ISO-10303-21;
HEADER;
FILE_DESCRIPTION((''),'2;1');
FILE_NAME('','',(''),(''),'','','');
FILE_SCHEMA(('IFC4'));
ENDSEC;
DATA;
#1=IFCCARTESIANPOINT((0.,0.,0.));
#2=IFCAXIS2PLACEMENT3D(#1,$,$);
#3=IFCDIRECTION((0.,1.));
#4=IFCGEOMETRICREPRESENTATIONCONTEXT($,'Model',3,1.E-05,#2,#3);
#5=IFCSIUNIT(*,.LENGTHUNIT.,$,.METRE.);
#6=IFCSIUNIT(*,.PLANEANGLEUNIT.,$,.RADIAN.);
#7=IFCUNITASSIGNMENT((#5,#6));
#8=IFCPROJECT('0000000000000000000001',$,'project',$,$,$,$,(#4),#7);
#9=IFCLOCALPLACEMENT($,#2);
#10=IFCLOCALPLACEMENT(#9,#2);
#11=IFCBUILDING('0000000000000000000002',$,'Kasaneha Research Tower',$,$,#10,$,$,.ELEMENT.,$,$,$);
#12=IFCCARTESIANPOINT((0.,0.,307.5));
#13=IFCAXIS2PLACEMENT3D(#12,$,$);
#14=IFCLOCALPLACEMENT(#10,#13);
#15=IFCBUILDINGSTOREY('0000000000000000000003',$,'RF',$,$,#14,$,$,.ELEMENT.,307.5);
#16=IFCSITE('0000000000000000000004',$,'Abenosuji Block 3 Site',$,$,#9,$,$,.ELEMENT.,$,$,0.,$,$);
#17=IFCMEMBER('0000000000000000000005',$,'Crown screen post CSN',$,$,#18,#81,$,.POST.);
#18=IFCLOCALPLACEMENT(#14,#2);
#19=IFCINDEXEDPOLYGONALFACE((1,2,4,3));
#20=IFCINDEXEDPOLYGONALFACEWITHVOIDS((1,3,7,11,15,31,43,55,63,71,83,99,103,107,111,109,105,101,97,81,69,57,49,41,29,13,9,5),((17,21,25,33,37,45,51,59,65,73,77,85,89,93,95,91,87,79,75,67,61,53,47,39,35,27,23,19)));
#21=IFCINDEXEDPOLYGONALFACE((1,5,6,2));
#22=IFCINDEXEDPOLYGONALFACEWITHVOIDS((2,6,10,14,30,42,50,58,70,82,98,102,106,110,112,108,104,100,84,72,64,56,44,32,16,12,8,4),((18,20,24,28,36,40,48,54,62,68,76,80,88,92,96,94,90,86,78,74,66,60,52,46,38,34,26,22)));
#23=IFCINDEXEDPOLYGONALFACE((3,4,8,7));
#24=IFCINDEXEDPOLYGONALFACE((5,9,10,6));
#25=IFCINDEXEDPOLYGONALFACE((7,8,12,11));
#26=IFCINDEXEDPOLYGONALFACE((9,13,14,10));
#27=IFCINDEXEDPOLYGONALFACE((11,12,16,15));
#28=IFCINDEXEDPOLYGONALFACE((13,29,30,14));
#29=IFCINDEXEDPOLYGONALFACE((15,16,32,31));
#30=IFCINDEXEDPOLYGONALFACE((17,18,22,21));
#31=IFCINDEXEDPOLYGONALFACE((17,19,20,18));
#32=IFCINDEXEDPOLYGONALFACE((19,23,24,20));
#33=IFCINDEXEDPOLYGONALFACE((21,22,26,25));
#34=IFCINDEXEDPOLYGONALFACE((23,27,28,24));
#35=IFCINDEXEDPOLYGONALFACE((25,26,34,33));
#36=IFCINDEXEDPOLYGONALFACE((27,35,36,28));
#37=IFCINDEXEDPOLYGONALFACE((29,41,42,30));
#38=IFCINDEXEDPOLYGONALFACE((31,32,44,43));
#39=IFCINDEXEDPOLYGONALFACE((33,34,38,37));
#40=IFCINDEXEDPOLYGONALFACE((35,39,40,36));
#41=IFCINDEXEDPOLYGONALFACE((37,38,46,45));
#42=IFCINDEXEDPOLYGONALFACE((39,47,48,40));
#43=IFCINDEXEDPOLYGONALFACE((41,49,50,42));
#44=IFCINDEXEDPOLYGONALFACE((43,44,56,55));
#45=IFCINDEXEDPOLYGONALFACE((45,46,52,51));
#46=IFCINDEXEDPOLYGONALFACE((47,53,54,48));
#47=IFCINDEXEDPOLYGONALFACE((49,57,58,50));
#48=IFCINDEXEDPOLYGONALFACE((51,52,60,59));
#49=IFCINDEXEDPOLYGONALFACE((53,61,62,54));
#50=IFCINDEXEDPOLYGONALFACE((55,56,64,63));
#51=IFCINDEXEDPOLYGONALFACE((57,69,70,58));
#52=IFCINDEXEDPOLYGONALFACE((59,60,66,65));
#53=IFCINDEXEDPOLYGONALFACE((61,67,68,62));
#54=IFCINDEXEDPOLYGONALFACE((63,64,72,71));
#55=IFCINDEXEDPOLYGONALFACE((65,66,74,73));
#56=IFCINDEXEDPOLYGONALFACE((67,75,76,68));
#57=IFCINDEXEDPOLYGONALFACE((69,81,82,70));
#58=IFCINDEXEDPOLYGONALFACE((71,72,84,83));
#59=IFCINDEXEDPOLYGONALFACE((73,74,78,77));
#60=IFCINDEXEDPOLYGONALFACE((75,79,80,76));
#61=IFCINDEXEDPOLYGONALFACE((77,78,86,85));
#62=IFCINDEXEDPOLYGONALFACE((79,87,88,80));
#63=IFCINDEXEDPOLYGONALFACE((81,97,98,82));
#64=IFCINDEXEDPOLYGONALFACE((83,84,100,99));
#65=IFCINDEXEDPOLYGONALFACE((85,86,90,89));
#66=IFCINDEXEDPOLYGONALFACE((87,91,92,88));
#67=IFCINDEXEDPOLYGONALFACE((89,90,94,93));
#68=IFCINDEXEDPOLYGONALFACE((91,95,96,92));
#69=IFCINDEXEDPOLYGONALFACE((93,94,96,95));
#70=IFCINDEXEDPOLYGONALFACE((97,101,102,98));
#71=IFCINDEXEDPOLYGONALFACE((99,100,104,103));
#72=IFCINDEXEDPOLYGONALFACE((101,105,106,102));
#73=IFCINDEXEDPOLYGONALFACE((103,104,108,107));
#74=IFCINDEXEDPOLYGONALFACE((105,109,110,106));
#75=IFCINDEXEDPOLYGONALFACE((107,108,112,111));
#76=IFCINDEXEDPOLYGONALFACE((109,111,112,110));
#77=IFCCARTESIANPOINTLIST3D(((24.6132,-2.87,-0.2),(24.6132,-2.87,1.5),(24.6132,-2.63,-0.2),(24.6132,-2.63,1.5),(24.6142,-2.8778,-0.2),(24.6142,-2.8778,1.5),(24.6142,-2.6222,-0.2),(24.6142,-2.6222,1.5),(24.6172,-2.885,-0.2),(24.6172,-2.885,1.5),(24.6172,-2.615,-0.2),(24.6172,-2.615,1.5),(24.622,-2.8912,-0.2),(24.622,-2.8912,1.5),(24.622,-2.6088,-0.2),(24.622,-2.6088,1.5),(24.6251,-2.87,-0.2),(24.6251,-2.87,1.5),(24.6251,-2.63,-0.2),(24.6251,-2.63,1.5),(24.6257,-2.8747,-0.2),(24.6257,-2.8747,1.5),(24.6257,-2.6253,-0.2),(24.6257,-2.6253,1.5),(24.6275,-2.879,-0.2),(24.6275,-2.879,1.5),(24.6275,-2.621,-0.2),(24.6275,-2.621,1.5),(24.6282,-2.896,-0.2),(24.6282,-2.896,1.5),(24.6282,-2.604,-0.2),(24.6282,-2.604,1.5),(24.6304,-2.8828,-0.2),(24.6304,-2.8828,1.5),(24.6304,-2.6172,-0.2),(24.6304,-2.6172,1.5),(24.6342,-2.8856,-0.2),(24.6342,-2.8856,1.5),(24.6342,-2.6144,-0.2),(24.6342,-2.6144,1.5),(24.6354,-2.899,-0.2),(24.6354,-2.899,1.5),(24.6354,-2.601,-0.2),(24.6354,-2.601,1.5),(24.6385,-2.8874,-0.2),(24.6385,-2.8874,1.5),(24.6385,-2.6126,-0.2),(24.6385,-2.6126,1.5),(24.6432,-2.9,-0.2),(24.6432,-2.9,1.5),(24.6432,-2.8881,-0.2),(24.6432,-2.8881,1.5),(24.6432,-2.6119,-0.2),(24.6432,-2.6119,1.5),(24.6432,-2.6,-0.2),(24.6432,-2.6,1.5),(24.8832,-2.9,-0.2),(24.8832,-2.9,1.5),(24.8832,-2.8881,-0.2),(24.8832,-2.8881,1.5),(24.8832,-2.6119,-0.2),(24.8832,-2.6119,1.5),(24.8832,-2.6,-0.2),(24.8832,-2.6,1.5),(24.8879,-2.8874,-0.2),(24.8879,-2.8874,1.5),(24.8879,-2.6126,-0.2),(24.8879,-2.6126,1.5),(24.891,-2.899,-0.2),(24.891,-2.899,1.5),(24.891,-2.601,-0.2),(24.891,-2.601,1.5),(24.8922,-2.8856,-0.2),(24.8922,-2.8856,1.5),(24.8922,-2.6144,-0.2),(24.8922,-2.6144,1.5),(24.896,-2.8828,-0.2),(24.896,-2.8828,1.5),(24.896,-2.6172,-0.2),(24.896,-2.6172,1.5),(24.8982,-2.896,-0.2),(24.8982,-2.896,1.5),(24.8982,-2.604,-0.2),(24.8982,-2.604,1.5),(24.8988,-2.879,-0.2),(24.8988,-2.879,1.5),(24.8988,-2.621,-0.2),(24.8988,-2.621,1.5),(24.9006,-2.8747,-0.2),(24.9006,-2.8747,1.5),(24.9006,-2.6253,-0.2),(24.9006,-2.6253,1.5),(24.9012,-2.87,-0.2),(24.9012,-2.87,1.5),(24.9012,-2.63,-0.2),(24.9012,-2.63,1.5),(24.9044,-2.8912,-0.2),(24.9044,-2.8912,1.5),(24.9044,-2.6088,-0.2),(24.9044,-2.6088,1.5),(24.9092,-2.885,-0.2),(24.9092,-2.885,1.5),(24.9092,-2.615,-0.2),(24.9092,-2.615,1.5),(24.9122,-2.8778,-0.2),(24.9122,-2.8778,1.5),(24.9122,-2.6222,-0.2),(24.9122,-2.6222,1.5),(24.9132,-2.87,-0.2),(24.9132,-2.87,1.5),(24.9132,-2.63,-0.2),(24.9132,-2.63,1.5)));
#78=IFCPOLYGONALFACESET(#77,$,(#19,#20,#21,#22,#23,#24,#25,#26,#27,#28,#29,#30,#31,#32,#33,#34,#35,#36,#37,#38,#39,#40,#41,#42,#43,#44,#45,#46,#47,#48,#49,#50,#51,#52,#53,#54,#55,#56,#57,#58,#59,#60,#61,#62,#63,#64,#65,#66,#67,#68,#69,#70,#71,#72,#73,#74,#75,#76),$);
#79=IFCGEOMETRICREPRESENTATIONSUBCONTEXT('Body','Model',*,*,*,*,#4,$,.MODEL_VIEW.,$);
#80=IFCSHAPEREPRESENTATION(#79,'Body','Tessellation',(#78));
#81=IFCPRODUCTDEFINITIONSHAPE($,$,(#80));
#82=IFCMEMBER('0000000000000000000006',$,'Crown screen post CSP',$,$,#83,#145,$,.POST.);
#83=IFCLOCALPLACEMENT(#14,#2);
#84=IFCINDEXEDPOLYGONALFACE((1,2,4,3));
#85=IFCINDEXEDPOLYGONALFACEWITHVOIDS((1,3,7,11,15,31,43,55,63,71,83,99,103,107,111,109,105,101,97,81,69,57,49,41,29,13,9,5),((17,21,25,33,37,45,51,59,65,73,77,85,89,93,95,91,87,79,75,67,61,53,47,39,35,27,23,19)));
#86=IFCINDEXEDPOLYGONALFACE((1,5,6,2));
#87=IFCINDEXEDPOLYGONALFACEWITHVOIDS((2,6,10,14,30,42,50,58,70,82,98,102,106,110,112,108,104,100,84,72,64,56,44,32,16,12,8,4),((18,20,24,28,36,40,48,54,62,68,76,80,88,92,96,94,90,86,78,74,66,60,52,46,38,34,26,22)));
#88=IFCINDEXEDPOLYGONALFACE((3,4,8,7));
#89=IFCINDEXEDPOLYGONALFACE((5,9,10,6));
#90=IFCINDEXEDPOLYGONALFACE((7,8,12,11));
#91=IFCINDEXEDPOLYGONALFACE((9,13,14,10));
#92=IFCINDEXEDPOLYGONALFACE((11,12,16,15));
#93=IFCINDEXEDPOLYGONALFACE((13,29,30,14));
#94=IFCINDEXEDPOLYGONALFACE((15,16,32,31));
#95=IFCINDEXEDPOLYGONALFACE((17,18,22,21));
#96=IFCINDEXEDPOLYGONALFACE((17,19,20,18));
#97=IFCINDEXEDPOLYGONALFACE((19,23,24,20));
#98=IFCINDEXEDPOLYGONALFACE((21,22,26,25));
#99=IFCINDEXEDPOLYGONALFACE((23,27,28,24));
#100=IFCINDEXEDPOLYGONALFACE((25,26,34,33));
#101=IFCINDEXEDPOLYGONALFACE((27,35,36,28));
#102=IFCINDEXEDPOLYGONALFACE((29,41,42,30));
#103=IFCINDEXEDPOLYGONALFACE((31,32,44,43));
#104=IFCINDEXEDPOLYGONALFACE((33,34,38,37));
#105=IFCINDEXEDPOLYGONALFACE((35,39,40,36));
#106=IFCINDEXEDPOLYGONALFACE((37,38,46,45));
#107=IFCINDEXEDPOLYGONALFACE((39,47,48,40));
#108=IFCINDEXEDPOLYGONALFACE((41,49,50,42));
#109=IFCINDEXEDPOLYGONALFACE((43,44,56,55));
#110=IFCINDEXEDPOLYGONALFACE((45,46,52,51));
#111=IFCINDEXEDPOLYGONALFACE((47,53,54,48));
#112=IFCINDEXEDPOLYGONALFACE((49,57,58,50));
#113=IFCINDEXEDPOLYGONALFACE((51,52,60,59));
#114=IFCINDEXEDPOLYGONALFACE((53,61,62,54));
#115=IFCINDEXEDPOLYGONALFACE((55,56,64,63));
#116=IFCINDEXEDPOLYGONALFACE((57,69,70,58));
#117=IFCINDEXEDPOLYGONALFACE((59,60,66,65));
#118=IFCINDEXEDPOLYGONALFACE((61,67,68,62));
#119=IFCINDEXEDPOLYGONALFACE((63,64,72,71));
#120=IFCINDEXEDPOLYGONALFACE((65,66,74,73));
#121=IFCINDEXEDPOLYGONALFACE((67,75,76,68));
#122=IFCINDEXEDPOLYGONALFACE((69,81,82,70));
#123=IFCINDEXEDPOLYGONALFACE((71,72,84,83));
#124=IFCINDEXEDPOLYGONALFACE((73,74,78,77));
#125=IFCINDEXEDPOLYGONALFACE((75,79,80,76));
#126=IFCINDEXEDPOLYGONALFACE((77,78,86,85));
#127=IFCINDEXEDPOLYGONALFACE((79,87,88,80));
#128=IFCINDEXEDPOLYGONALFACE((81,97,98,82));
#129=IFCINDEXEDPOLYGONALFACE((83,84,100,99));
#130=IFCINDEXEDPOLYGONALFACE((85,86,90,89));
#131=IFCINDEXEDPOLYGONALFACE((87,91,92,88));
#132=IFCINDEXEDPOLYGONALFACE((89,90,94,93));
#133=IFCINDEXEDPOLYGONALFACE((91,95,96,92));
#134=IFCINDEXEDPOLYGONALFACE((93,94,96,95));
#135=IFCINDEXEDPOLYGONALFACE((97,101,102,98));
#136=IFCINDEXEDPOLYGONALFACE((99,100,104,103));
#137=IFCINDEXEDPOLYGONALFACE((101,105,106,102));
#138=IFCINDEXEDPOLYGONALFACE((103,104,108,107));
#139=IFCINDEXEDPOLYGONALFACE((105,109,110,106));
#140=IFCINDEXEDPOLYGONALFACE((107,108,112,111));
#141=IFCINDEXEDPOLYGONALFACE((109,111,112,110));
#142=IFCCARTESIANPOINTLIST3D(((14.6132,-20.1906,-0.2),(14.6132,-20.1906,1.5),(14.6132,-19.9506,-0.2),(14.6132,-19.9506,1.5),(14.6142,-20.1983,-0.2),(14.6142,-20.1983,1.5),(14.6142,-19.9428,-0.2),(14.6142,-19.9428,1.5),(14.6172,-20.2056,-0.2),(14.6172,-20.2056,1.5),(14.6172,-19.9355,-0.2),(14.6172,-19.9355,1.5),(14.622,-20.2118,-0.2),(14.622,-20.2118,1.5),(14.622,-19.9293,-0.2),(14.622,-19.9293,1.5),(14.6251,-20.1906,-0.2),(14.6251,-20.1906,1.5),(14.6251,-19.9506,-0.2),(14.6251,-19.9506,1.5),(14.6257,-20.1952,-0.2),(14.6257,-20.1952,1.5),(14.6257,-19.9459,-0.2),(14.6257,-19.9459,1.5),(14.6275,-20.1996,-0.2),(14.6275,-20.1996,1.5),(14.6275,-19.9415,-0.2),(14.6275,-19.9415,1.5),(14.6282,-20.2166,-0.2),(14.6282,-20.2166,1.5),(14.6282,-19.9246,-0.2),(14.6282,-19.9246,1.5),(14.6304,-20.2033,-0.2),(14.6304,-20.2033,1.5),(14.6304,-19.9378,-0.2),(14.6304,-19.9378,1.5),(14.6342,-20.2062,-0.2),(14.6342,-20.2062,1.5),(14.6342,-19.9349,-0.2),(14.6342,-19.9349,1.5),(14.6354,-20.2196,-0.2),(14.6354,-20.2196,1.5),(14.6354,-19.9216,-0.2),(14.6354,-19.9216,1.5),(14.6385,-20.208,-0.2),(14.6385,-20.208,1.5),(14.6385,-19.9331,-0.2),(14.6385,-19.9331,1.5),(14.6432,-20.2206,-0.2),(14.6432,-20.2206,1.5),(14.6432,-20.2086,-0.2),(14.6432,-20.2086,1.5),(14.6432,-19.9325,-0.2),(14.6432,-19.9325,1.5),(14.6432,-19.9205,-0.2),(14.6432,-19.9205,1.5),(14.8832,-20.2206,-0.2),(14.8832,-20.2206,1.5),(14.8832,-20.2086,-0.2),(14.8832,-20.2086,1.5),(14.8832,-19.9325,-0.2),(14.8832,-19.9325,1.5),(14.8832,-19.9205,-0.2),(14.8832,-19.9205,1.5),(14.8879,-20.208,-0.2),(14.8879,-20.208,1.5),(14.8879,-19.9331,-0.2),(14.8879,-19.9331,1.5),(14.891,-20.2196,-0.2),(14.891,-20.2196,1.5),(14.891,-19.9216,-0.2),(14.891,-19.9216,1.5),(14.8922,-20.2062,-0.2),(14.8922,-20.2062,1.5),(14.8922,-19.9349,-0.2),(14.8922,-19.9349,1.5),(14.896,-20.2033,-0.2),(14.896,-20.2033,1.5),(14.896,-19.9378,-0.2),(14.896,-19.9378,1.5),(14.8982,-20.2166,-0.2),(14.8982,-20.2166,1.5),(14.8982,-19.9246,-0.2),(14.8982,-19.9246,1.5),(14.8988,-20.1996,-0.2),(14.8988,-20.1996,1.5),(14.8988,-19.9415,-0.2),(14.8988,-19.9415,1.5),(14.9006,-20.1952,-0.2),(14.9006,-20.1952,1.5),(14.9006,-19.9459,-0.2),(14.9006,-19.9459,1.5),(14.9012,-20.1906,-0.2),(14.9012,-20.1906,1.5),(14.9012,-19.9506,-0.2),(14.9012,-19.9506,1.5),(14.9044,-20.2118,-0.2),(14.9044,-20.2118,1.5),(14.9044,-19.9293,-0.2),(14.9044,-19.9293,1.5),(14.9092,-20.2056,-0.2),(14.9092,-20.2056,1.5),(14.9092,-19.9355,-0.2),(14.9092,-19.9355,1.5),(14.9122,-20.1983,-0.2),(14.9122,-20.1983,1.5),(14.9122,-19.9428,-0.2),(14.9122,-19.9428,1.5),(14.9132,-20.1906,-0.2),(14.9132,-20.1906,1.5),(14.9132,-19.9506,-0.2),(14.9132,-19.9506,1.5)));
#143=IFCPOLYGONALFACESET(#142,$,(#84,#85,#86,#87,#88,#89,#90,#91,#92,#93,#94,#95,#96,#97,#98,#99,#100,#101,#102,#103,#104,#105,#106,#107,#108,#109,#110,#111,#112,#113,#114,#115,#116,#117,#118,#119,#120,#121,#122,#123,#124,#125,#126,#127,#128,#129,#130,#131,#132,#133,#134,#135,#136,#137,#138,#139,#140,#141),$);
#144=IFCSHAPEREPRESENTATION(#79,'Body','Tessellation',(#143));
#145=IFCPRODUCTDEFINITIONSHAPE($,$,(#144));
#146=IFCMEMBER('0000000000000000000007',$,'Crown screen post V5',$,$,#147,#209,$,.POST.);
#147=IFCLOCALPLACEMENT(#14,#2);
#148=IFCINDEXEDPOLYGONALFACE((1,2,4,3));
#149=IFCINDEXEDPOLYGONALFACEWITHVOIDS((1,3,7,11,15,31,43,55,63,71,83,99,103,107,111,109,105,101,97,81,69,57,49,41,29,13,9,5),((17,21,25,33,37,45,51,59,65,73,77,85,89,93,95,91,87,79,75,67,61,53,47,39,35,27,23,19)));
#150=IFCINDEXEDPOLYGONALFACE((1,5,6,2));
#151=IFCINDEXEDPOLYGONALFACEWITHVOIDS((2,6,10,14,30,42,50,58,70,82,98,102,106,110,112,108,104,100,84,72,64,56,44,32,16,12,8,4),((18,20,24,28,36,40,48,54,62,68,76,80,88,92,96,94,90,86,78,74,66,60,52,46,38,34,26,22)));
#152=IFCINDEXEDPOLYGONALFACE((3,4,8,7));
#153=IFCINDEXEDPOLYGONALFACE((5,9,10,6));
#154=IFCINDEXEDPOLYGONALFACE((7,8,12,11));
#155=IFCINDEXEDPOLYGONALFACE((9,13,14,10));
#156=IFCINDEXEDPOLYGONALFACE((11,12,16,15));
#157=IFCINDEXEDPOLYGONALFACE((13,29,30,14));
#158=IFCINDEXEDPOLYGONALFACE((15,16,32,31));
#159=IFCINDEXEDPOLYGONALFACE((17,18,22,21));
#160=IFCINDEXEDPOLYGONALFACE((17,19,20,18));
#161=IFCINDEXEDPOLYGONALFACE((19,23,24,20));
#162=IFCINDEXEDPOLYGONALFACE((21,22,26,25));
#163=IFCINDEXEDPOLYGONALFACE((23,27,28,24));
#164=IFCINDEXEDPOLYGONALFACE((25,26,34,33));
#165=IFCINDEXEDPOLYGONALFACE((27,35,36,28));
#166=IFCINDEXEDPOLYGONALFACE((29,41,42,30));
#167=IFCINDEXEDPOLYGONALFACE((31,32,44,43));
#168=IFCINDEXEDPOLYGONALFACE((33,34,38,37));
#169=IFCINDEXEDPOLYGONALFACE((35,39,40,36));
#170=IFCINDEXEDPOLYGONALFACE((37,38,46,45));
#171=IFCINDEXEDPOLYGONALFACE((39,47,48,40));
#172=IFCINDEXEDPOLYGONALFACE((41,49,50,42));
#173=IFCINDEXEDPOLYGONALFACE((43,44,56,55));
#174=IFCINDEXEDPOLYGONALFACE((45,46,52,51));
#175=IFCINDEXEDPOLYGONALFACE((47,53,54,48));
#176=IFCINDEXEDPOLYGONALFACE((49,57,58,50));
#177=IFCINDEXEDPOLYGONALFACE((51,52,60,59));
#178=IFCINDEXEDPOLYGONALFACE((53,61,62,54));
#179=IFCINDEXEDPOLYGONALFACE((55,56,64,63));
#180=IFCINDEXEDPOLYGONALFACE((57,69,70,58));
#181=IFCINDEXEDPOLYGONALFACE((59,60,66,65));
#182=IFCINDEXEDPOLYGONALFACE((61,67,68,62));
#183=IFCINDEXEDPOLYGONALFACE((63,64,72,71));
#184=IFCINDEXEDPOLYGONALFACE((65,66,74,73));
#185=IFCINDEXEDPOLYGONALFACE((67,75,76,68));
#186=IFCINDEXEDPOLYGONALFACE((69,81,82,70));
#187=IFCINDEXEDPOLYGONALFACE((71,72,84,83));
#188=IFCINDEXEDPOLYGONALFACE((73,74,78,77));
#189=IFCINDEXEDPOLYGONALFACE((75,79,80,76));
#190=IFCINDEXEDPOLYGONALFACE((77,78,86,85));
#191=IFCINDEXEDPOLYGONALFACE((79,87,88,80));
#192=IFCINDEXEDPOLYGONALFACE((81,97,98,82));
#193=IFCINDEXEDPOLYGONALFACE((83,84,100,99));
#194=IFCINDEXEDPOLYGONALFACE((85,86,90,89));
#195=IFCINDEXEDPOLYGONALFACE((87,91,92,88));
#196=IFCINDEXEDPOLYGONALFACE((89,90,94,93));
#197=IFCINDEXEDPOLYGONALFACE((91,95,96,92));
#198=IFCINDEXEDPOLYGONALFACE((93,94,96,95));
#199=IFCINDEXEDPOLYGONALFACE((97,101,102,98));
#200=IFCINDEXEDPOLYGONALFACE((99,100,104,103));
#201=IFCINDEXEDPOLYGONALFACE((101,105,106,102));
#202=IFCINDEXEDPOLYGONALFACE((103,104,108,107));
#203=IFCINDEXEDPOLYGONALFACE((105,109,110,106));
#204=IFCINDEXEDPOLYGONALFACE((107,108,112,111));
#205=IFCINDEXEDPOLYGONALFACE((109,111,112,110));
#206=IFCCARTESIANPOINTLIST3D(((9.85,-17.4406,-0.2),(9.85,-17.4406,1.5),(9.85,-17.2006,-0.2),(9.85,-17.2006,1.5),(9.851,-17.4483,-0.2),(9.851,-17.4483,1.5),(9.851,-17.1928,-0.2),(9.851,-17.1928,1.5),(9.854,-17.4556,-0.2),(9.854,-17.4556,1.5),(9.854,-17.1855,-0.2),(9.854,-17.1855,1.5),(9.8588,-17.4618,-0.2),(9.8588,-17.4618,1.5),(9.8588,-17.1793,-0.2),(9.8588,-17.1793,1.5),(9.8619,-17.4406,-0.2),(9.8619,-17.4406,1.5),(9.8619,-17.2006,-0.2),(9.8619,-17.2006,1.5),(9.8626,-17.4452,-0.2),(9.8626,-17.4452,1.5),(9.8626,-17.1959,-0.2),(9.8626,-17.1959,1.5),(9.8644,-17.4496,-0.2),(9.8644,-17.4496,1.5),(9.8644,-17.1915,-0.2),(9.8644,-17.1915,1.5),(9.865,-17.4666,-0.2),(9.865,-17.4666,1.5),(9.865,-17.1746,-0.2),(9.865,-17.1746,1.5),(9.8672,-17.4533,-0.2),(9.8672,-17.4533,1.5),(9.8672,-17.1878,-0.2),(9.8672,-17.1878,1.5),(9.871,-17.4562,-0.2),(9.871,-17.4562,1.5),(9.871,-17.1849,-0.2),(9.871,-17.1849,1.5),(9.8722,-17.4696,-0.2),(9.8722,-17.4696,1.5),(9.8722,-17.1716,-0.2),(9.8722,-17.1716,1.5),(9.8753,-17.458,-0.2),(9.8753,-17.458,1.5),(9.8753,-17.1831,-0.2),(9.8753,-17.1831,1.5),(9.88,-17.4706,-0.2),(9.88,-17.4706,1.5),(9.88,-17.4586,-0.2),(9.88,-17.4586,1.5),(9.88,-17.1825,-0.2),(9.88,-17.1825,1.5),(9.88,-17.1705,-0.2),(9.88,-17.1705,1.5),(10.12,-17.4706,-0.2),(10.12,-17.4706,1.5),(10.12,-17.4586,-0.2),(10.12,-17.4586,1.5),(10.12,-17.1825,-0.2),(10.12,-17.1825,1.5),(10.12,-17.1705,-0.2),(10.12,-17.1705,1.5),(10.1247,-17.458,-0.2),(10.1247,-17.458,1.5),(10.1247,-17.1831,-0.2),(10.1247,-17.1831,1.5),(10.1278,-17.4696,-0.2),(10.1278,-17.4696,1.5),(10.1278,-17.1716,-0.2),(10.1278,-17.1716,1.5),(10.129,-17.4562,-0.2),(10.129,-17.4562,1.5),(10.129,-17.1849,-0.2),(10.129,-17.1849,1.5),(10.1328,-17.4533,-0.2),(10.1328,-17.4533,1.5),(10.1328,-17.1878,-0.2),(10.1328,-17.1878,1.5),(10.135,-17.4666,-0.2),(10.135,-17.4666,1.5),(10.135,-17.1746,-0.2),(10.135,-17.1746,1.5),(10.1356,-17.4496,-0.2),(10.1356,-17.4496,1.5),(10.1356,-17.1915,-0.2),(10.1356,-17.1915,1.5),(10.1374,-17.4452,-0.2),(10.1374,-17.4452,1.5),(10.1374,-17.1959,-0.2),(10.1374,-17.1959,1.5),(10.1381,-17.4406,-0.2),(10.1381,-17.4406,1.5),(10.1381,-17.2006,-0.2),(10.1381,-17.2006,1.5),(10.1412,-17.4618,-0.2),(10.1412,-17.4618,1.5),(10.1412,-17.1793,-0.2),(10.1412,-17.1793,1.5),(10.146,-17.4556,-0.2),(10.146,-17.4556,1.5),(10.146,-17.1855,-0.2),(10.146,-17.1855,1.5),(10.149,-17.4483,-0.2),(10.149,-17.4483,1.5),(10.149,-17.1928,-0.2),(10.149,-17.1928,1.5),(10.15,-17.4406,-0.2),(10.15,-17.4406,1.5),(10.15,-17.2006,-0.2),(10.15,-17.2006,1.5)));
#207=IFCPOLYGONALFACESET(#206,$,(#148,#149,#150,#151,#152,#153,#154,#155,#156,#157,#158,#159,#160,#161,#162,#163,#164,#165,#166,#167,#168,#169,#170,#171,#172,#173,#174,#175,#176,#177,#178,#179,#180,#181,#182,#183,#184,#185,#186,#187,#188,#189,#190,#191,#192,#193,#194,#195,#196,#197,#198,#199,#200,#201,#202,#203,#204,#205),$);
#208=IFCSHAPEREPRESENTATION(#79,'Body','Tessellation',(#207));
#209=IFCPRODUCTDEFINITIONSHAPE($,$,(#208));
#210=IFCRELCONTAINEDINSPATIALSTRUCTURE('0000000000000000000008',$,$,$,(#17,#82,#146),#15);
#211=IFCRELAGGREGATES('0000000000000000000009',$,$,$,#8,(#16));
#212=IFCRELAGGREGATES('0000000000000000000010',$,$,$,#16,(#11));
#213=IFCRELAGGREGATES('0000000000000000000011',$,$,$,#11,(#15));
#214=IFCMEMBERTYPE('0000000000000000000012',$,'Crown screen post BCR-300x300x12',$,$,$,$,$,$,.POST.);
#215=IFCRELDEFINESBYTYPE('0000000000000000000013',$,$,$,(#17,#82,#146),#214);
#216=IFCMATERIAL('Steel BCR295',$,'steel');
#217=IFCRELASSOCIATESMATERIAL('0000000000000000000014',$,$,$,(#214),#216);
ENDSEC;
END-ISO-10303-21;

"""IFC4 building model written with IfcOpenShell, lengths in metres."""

from ifc_helpers import new_model, si_unit, direction, frame, origin, origin_2d, place, context, subcontext, project, spatial, hollow_rectangle, extrude, material, material_profile, profile_set, type_object, element, save


model = new_model("IFC4")

# Units and contexts
model_context = context("Model", 3, precision=1e-05, world=origin(), true_north=direction((0.0, 1.0)))
body_context = subcontext(model_context, "Body", "Model", "MODEL_VIEW")
ifc_project = project(units=[si_unit("LENGTHUNIT", "METRE"), si_unit("PLANEANGLEUNIT", "RADIAN")], contexts=[model_context])

# Site, building, storey
site_placement = place(None, origin())
site = spatial("IfcSite", under=ifc_project, at=site_placement, Name="Abenosuji Block 3 Site", CompositionType="ELEMENT", RefElevation=0.0)
building_placement = place(site_placement, origin())
building = spatial("IfcBuilding", under=site, at=building_placement, Name="Kasaneha Research Tower", CompositionType="ELEMENT")
storey_placement = place(building_placement, frame((0.0, 0.0, 307.5)))
storey = spatial("IfcBuildingStorey", under=building, at=storey_placement, Name="RF", CompositionType="ELEMENT", Elevation=307.5)

# Members
ifc_material_1 = material(Name="Steel BCR295", Category="steel")
ifc_material_profile_1 = material_profile(ifc_material_1, hollow_rectangle(XDim=0.3, YDim=0.3, WallThickness=0.012, InnerFilletRadius=0.0181, OuterFilletRadius=0.03, at=origin_2d()), Name="BCR-300x300x12")
ifc_profile_set_1 = profile_set([ifc_material_profile_1], Name="Steel BCR295")
member_type = type_object("IfcMemberType", Name="Crown screen post BCR-300x300x12", PredefinedType="POST", material=ifc_profile_set_1)
for number, where, z_axis, x_axis, name in (
    (1, (24.7632, -2.75, -0.2), (0.0, 0.0, 1.0), (1.0, 0.0, 0.0), "Crown screen post CSN"),
    (2, (14.7632, -20.0706, -0.2), (0.0, 0.0, 1.0), (1.0, 0.0, 0.0), "Crown screen post CSP"),
    (3, (10.0, -17.3206, -0.2), (0.0, 0.0, 1.0), (1.0, 0.0, 0.0), "Crown screen post V5"),
):
    element("IfcMember", number, at=place(storey_placement, frame(where, z_axis=z_axis, x_axis=x_axis)), inside=storey, type_object=member_type, Name=name, PredefinedType="POST", context=body_context, shape_type="SweptSolid", body=[
        extrude(hollow_rectangle(XDim=0.3, YDim=0.3, WallThickness=0.012, InnerFilletRadius=0.0181, OuterFilletRadius=0.03, at=origin_2d()), origin(), (0.0, 0.0, 1.0), 1.7),
    ])

save(model, "model.ifc")
